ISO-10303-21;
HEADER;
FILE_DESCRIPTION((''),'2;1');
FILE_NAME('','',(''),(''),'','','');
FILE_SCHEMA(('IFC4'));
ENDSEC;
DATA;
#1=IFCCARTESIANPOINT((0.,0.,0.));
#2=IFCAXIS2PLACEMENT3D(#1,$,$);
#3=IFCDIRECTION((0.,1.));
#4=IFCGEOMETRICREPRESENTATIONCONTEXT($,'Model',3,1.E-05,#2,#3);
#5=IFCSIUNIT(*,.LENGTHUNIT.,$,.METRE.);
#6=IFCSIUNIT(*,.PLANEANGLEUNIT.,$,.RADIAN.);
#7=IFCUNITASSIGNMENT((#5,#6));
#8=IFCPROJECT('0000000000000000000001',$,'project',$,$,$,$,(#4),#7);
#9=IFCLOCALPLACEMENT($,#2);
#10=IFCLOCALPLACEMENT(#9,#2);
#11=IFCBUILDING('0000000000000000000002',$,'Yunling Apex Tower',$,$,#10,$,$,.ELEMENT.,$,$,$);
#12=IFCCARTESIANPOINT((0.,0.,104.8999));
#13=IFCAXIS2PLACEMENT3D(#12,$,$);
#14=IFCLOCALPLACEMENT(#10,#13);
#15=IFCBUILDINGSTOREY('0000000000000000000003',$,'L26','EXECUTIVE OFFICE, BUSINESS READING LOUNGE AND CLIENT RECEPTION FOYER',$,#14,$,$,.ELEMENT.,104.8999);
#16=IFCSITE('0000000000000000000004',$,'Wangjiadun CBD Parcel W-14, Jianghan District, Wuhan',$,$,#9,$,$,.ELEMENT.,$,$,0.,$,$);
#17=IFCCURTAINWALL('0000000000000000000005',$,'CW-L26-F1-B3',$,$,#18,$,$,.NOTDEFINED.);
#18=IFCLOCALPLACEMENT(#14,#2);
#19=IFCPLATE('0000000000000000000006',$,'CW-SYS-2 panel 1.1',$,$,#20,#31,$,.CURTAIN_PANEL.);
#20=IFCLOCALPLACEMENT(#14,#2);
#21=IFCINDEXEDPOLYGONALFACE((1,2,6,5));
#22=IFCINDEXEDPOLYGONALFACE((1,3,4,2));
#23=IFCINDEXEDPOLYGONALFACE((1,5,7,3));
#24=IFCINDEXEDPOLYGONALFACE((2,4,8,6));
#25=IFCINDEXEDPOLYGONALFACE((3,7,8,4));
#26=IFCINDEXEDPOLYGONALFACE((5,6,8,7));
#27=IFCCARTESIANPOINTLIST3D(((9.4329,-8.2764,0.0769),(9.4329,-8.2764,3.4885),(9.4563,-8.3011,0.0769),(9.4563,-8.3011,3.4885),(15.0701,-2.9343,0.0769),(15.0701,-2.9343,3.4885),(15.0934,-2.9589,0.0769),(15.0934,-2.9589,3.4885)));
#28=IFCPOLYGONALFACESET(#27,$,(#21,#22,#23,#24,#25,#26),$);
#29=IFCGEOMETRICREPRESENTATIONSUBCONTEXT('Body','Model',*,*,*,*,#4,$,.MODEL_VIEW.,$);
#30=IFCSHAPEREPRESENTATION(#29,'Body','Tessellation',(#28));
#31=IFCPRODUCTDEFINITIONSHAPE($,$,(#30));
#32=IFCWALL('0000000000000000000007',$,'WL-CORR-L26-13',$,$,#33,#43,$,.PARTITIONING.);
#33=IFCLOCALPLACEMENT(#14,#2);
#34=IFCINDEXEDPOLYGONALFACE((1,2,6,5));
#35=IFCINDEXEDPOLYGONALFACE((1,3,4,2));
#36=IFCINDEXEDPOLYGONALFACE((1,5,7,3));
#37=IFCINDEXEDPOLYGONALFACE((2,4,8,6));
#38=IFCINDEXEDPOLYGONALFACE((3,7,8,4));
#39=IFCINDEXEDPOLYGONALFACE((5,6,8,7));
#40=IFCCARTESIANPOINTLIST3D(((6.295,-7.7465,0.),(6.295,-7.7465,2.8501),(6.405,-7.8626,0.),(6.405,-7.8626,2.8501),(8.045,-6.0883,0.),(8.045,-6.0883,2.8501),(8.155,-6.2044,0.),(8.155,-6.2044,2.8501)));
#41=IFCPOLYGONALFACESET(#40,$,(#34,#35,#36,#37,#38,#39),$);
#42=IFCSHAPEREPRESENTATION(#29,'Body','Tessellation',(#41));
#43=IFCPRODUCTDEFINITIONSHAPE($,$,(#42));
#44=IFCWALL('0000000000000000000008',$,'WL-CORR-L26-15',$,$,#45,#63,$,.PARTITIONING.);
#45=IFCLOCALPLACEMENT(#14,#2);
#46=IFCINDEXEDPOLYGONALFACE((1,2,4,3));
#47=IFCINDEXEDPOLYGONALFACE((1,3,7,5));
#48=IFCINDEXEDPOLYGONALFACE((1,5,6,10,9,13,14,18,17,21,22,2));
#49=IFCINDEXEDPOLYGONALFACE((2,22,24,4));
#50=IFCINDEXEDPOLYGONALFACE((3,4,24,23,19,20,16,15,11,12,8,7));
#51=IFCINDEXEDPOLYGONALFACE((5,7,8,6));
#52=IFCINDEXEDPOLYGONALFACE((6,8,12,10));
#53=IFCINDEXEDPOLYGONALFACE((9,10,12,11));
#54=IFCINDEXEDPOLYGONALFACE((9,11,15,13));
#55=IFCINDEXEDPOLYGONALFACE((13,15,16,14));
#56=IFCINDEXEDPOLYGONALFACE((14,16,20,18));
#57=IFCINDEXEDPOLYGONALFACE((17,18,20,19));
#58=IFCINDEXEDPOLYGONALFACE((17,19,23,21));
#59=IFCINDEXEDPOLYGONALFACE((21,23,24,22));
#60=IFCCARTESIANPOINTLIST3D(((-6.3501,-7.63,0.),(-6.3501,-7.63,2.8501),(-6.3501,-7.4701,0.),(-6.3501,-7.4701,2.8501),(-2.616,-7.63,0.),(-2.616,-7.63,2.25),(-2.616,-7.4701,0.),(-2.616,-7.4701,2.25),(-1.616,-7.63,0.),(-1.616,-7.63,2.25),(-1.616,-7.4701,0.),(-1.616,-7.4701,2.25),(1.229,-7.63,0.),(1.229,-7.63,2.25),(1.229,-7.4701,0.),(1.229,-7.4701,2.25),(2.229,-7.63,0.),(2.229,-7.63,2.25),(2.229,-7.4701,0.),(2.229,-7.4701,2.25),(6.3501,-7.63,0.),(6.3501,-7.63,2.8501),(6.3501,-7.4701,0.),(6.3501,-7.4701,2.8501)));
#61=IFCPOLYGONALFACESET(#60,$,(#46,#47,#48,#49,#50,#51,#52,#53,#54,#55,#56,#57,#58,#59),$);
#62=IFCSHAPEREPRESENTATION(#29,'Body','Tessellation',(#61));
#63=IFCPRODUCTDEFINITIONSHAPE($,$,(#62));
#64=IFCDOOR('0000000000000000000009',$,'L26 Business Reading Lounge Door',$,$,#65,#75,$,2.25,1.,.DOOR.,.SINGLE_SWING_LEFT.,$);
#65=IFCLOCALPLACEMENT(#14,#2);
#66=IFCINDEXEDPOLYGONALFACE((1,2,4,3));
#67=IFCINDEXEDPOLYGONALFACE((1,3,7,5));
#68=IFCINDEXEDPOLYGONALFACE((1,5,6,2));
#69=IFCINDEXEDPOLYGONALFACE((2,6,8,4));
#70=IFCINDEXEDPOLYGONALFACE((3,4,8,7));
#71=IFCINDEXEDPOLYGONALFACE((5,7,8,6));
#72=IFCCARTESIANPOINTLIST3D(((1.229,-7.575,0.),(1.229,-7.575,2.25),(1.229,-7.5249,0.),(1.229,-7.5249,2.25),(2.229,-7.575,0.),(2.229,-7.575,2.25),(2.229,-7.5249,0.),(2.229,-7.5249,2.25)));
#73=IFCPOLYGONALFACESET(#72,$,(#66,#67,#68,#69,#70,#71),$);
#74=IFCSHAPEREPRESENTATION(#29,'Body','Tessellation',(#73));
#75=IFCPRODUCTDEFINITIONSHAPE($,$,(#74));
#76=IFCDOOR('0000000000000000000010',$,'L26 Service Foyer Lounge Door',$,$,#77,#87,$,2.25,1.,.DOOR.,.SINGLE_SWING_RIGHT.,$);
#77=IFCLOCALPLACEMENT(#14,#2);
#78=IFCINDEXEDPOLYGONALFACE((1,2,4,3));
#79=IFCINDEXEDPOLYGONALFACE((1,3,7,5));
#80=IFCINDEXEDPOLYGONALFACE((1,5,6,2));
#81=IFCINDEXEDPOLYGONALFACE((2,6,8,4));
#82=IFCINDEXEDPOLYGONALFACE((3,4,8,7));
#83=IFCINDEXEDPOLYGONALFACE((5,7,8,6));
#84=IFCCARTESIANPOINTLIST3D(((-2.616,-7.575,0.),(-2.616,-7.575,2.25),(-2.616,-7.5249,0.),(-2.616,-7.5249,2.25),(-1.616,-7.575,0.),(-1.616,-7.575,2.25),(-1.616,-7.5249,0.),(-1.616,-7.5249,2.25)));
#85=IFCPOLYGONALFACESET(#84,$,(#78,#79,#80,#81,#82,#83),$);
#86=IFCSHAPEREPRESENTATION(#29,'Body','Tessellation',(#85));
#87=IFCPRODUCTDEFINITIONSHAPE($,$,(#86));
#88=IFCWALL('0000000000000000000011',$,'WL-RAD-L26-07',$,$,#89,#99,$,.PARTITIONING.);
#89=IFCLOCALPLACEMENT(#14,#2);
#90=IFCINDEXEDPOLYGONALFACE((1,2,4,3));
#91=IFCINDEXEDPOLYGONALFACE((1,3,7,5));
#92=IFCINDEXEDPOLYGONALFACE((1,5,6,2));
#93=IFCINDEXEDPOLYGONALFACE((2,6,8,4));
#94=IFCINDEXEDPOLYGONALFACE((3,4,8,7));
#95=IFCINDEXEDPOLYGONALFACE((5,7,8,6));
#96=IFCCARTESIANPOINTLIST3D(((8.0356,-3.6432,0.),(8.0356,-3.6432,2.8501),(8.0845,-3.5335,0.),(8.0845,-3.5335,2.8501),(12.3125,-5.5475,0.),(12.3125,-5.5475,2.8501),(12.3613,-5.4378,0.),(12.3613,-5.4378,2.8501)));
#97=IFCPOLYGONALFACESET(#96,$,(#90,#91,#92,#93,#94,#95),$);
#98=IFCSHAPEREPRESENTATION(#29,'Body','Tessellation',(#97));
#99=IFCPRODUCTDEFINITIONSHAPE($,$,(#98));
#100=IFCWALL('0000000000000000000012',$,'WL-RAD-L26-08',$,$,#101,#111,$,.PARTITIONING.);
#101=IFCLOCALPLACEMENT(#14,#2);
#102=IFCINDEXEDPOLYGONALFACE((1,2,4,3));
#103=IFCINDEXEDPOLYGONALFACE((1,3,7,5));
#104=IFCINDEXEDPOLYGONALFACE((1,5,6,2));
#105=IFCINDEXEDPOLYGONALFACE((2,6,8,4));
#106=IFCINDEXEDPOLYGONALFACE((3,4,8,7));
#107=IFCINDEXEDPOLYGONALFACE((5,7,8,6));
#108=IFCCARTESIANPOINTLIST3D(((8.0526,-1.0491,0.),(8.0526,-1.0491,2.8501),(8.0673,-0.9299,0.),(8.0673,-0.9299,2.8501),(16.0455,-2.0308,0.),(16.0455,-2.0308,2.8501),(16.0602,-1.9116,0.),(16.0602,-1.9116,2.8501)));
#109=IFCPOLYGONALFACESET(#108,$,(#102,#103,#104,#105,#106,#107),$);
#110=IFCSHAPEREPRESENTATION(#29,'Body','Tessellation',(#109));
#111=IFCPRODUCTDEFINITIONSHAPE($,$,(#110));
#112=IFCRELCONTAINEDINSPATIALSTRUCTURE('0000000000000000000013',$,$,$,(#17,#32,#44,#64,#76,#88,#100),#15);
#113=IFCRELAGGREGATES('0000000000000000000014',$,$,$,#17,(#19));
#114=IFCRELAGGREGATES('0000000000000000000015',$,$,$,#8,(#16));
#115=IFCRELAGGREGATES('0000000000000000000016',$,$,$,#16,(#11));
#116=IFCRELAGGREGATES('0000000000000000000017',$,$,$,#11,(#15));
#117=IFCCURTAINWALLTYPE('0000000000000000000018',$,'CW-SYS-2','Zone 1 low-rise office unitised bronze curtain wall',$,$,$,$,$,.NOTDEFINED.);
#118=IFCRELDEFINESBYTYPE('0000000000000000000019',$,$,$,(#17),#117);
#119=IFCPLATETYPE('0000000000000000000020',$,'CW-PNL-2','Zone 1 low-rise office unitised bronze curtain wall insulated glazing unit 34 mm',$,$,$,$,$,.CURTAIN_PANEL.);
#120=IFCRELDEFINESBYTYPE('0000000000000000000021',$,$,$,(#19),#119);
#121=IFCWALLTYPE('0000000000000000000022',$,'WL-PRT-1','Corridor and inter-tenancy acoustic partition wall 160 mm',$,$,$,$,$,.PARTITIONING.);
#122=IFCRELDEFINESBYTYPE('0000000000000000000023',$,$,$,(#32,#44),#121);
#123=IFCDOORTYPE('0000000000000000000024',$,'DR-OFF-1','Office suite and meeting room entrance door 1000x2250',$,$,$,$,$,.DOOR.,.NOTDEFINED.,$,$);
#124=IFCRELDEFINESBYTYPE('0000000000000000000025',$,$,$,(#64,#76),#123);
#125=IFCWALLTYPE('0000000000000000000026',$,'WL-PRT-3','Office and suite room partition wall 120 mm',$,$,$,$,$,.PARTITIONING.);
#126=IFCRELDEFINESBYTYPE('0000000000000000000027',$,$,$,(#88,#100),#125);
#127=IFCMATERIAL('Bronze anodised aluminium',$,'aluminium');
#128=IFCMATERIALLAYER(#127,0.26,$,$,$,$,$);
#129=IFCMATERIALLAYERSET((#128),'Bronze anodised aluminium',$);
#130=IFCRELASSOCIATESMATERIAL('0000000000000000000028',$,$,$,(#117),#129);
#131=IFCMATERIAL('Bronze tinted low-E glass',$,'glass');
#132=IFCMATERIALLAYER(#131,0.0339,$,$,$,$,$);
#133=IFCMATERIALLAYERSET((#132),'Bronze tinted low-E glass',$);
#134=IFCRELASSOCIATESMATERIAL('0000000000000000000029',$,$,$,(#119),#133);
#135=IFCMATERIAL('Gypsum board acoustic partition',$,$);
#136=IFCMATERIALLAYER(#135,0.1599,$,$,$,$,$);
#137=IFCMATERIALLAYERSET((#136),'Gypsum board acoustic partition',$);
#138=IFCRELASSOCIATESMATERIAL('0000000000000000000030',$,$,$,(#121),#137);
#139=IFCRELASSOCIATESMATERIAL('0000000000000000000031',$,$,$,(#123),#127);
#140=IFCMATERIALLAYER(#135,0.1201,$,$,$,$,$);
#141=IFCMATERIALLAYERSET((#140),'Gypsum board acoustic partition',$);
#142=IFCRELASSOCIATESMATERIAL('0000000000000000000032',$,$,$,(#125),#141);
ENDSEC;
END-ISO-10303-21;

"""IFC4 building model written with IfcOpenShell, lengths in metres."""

from ifc_helpers import new_model, si_unit, direction, frame, frame_2d, origin, origin_2d, place, context, subcontext, project, spatial, rectangle, extrude, source, transform, mapped, material, layer, layer_set, type_object, element, fill, aggregate, save


model = new_model("IFC4")

# Units and contexts
model_context = context("Model", 3, precision=1e-05, world=origin(), true_north=direction((0.0, 1.0)))
body_context = subcontext(model_context, "Body", "Model", "MODEL_VIEW")
ifc_project = project(units=[si_unit("LENGTHUNIT", "METRE"), si_unit("PLANEANGLEUNIT", "RADIAN")], contexts=[model_context])

# Site, building, storey
site_placement = place(None, origin())
site = spatial("IfcSite", under=ifc_project, at=site_placement, Name="Wangjiadun CBD Parcel W-14, Jianghan District, Wuhan", CompositionType="ELEMENT", RefElevation=0.0)
building_placement = place(site_placement, origin())
building = spatial("IfcBuilding", under=site, at=building_placement, Name="Yunling Apex Tower", CompositionType="ELEMENT")
storey_placement = place(building_placement, frame((0.0, 0.0, 104.8999)))
storey = spatial("IfcBuildingStorey", under=building, at=storey_placement, Name="L26", Description="EXECUTIVE OFFICE, BUSINESS READING LOUNGE AND CLIENT RECEPTION FOYER", CompositionType="ELEMENT", Elevation=104.8999)

# Curtain wall
ifc_material_1 = material(Name="Bronze anodised aluminium", Category="aluminium")
ifc_layer_1 = layer(ifc_material_1, 0.26)
ifc_layer_set_1 = layer_set([ifc_layer_1], Name="Bronze anodised aluminium")
curtain_wall_type = type_object("IfcCurtainWallType", Name="CW-SYS-2", Description="Zone 1 low-rise office unitised bronze curtain wall", PredefinedType="NOTDEFINED", material=ifc_layer_set_1)
curtain_wall_1_placement = place(storey_placement, origin())
curtain_wall_1 = element("IfcCurtainWall", 1, at=curtain_wall_1_placement, inside=storey, type_object=curtain_wall_type, Name="CW-L26-F1-B3", PredefinedType="NOTDEFINED")

# Plate
ifc_material_2 = material(Name="Bronze tinted low-E glass", Category="glass")
ifc_layer_2 = layer(ifc_material_2, 0.0339)
ifc_layer_set_2 = layer_set([ifc_layer_2], Name="Bronze tinted low-E glass")
plate_type = type_object("IfcPlateType", Name="CW-PNL-2", Description="Zone 1 low-rise office unitised bronze curtain wall insulated glazing unit 34 mm", PredefinedType="CURTAIN_PANEL", material=ifc_layer_set_2)
shared_shape_1 = source(origin(), body_context, "Body", "SweptSolid", [
    extrude(rectangle(XDim=7.7664, YDim=0.0339, at=origin_2d()), origin(), (0.0, 0.0, 1.0), 3.4116),
])
plate_placement = place(storey_placement, frame((12.2632, -5.6177, 0.0769), z_axis=(0.0, 0.0, 1.0), x_axis=(0.725842, 0.687861, 0.0)))
plate = element("IfcPlate", 2, at=plate_placement, type_object=plate_type, Name="CW-SYS-2 panel 1.1", PredefinedType="CURTAIN_PANEL", context=body_context, shape_type="MappedRepresentation", body=[
    mapped(shared_shape_1, transform((0.0, 0.0, 0.0), scale=1.0)),
])
aggregate(curtain_wall_1, [plate])

# Wall
ifc_material_3 = material(Name="Gypsum board acoustic partition")
ifc_layer_3 = layer(ifc_material_3, 0.1599)
ifc_layer_set_3 = layer_set([ifc_layer_3], Name="Gypsum board acoustic partition")
wall_type_1 = type_object("IfcWallType", Name="WL-PRT-1", Description="Corridor and inter-tenancy acoustic partition wall 160 mm", PredefinedType="PARTITIONING", material=ifc_layer_set_3)
wall_1_placement = place(storey_placement, frame((8.1001, -6.1462, 0.0), z_axis=(0.0, 0.0, 1.0), x_axis=(-0.725889, -0.687812, 0.0)))
element("IfcWall", 3, at=wall_1_placement, inside=storey, type_object=wall_type_1, Name="WL-CORR-L26-13", PredefinedType="PARTITIONING", context=body_context, shape_type="SweptSolid", body=[
    extrude(rectangle(XDim=2.4109, YDim=0.1599, at=frame_2d((1.2056, 0.0))), origin(), (0.0, 0.0, 1.0), 2.8501),
])

# Wall, openings, doors
wall_2_placement = place(storey_placement, frame((6.3501, -7.55, 0.0), z_axis=(0.0, 0.0, 1.0), x_axis=(-1.0, 0.0, 0.0)))
wall_2 = element("IfcWall", 4, at=wall_2_placement, inside=storey, type_object=wall_type_1, Name="WL-CORR-L26-15", PredefinedType="PARTITIONING", context=body_context, shape_type="SweptSolid", body=[
    extrude(rectangle(XDim=12.7002, YDim=0.1599, at=frame_2d((6.3501, 0.0))), origin(), (0.0, 0.0, 1.0), 2.8501),
])
opening_1_placement = place(wall_2_placement, frame((4.1211, 0.0, 0.0)))
opening_1 = element("IfcOpeningElement", 5, at=opening_1_placement, cuts=wall_2, PredefinedType="OPENING", context=body_context, shape_type="SweptSolid", body=[
    extrude(rectangle(XDim=1.0, YDim=2.25, at=frame_2d((0.5, 1.125))), frame((0.0, 0.0898, 0.0), z_axis=(0.0, -1.0, 0.0), x_axis=(1.0, 0.0, 0.0)), (0.0, 0.0, 1.0), 0.1799),
])
opening_2_placement = place(wall_2_placement, frame((7.9661, 0.0, 0.0)))
opening_2 = element("IfcOpeningElement", 6, at=opening_2_placement, cuts=wall_2, PredefinedType="OPENING", context=body_context, shape_type="SweptSolid", body=[
    extrude(rectangle(XDim=1.0, YDim=2.25, at=frame_2d((0.5, 1.125))), frame((0.0, 0.0898, 0.0), z_axis=(0.0, -1.0, 0.0), x_axis=(1.0, 0.0, 0.0)), (0.0, 0.0, 1.0), 0.1799),
])
door_type = type_object("IfcDoorType", Name="DR-OFF-1", Description="Office suite and meeting room entrance door 1000x2250", OperationType="NOTDEFINED", PredefinedType="DOOR", material=ifc_material_1)
door_1_placement = place(opening_1_placement, origin())
door_1 = element("IfcDoor", 7, at=door_1_placement, inside=storey, type_object=door_type, Name="L26 Business Reading Lounge Door", OperationType="SINGLE_SWING_LEFT", OverallHeight=2.25, OverallWidth=1.0, PredefinedType="DOOR", context=body_context, shape_type="SweptSolid", body=[
    extrude(rectangle(XDim=1.0, YDim=2.25, at=frame_2d((0.5, 1.125))), frame((0.0, 0.0249, 0.0), z_axis=(0.0, -1.0, 0.0), x_axis=(1.0, 0.0, 0.0)), (0.0, 0.0, 1.0), 0.05),
])
fill(opening_1, door_1)
door_2_placement = place(opening_2_placement, origin())
door_2 = element("IfcDoor", 8, at=door_2_placement, inside=storey, type_object=door_type, Name="L26 Service Foyer Lounge Door", OperationType="SINGLE_SWING_RIGHT", OverallHeight=2.25, OverallWidth=1.0, PredefinedType="DOOR", context=body_context, shape_type="SweptSolid", body=[
    extrude(rectangle(XDim=1.0, YDim=2.25, at=frame_2d((0.5, 1.125))), frame((0.0, 0.0249, 0.0), z_axis=(0.0, -1.0, 0.0), x_axis=(1.0, 0.0, 0.0)), (0.0, 0.0, 1.0), 0.05),
])
fill(opening_2, door_2)

# Walls
ifc_layer_4 = layer(ifc_material_3, 0.1201)
ifc_layer_set_4 = layer_set([ifc_layer_4], Name="Gypsum board acoustic partition")
wall_type_2 = type_object("IfcWallType", Name="WL-PRT-3", Description="Office and suite room partition wall 120 mm", PredefinedType="PARTITIONING", material=ifc_layer_set_4)
wall_3_placement = place(storey_placement, frame((8.0601, -3.5884, 0.0), z_axis=(0.0, 0.0, 1.0), x_axis=(0.913536, -0.406758, 0.0)))
element("IfcWall", 9, at=wall_3_placement, inside=storey, type_object=wall_type_2, Name="WL-RAD-L26-07", PredefinedType="PARTITIONING", context=body_context, shape_type="SweptSolid", body=[
    extrude(rectangle(XDim=4.6816, YDim=0.1201, at=frame_2d((2.3408, 0.0))), origin(), (0.0, 0.0, 1.0), 2.8501),
])
wall_4_placement = place(storey_placement, frame((8.0601, -0.9895, 0.0), z_axis=(0.0, 0.0, 1.0), x_axis=(0.992542, -0.121904, 0.0)))
element("IfcWall", 10, at=wall_4_placement, inside=storey, type_object=wall_type_2, Name="WL-RAD-L26-08", PredefinedType="PARTITIONING", context=body_context, shape_type="SweptSolid", body=[
    extrude(rectangle(XDim=8.053, YDim=0.1201, at=frame_2d((4.0264, 0.0))), origin(), (0.0, 0.0, 1.0), 2.8501),
])

save(model, "model.ifc")
